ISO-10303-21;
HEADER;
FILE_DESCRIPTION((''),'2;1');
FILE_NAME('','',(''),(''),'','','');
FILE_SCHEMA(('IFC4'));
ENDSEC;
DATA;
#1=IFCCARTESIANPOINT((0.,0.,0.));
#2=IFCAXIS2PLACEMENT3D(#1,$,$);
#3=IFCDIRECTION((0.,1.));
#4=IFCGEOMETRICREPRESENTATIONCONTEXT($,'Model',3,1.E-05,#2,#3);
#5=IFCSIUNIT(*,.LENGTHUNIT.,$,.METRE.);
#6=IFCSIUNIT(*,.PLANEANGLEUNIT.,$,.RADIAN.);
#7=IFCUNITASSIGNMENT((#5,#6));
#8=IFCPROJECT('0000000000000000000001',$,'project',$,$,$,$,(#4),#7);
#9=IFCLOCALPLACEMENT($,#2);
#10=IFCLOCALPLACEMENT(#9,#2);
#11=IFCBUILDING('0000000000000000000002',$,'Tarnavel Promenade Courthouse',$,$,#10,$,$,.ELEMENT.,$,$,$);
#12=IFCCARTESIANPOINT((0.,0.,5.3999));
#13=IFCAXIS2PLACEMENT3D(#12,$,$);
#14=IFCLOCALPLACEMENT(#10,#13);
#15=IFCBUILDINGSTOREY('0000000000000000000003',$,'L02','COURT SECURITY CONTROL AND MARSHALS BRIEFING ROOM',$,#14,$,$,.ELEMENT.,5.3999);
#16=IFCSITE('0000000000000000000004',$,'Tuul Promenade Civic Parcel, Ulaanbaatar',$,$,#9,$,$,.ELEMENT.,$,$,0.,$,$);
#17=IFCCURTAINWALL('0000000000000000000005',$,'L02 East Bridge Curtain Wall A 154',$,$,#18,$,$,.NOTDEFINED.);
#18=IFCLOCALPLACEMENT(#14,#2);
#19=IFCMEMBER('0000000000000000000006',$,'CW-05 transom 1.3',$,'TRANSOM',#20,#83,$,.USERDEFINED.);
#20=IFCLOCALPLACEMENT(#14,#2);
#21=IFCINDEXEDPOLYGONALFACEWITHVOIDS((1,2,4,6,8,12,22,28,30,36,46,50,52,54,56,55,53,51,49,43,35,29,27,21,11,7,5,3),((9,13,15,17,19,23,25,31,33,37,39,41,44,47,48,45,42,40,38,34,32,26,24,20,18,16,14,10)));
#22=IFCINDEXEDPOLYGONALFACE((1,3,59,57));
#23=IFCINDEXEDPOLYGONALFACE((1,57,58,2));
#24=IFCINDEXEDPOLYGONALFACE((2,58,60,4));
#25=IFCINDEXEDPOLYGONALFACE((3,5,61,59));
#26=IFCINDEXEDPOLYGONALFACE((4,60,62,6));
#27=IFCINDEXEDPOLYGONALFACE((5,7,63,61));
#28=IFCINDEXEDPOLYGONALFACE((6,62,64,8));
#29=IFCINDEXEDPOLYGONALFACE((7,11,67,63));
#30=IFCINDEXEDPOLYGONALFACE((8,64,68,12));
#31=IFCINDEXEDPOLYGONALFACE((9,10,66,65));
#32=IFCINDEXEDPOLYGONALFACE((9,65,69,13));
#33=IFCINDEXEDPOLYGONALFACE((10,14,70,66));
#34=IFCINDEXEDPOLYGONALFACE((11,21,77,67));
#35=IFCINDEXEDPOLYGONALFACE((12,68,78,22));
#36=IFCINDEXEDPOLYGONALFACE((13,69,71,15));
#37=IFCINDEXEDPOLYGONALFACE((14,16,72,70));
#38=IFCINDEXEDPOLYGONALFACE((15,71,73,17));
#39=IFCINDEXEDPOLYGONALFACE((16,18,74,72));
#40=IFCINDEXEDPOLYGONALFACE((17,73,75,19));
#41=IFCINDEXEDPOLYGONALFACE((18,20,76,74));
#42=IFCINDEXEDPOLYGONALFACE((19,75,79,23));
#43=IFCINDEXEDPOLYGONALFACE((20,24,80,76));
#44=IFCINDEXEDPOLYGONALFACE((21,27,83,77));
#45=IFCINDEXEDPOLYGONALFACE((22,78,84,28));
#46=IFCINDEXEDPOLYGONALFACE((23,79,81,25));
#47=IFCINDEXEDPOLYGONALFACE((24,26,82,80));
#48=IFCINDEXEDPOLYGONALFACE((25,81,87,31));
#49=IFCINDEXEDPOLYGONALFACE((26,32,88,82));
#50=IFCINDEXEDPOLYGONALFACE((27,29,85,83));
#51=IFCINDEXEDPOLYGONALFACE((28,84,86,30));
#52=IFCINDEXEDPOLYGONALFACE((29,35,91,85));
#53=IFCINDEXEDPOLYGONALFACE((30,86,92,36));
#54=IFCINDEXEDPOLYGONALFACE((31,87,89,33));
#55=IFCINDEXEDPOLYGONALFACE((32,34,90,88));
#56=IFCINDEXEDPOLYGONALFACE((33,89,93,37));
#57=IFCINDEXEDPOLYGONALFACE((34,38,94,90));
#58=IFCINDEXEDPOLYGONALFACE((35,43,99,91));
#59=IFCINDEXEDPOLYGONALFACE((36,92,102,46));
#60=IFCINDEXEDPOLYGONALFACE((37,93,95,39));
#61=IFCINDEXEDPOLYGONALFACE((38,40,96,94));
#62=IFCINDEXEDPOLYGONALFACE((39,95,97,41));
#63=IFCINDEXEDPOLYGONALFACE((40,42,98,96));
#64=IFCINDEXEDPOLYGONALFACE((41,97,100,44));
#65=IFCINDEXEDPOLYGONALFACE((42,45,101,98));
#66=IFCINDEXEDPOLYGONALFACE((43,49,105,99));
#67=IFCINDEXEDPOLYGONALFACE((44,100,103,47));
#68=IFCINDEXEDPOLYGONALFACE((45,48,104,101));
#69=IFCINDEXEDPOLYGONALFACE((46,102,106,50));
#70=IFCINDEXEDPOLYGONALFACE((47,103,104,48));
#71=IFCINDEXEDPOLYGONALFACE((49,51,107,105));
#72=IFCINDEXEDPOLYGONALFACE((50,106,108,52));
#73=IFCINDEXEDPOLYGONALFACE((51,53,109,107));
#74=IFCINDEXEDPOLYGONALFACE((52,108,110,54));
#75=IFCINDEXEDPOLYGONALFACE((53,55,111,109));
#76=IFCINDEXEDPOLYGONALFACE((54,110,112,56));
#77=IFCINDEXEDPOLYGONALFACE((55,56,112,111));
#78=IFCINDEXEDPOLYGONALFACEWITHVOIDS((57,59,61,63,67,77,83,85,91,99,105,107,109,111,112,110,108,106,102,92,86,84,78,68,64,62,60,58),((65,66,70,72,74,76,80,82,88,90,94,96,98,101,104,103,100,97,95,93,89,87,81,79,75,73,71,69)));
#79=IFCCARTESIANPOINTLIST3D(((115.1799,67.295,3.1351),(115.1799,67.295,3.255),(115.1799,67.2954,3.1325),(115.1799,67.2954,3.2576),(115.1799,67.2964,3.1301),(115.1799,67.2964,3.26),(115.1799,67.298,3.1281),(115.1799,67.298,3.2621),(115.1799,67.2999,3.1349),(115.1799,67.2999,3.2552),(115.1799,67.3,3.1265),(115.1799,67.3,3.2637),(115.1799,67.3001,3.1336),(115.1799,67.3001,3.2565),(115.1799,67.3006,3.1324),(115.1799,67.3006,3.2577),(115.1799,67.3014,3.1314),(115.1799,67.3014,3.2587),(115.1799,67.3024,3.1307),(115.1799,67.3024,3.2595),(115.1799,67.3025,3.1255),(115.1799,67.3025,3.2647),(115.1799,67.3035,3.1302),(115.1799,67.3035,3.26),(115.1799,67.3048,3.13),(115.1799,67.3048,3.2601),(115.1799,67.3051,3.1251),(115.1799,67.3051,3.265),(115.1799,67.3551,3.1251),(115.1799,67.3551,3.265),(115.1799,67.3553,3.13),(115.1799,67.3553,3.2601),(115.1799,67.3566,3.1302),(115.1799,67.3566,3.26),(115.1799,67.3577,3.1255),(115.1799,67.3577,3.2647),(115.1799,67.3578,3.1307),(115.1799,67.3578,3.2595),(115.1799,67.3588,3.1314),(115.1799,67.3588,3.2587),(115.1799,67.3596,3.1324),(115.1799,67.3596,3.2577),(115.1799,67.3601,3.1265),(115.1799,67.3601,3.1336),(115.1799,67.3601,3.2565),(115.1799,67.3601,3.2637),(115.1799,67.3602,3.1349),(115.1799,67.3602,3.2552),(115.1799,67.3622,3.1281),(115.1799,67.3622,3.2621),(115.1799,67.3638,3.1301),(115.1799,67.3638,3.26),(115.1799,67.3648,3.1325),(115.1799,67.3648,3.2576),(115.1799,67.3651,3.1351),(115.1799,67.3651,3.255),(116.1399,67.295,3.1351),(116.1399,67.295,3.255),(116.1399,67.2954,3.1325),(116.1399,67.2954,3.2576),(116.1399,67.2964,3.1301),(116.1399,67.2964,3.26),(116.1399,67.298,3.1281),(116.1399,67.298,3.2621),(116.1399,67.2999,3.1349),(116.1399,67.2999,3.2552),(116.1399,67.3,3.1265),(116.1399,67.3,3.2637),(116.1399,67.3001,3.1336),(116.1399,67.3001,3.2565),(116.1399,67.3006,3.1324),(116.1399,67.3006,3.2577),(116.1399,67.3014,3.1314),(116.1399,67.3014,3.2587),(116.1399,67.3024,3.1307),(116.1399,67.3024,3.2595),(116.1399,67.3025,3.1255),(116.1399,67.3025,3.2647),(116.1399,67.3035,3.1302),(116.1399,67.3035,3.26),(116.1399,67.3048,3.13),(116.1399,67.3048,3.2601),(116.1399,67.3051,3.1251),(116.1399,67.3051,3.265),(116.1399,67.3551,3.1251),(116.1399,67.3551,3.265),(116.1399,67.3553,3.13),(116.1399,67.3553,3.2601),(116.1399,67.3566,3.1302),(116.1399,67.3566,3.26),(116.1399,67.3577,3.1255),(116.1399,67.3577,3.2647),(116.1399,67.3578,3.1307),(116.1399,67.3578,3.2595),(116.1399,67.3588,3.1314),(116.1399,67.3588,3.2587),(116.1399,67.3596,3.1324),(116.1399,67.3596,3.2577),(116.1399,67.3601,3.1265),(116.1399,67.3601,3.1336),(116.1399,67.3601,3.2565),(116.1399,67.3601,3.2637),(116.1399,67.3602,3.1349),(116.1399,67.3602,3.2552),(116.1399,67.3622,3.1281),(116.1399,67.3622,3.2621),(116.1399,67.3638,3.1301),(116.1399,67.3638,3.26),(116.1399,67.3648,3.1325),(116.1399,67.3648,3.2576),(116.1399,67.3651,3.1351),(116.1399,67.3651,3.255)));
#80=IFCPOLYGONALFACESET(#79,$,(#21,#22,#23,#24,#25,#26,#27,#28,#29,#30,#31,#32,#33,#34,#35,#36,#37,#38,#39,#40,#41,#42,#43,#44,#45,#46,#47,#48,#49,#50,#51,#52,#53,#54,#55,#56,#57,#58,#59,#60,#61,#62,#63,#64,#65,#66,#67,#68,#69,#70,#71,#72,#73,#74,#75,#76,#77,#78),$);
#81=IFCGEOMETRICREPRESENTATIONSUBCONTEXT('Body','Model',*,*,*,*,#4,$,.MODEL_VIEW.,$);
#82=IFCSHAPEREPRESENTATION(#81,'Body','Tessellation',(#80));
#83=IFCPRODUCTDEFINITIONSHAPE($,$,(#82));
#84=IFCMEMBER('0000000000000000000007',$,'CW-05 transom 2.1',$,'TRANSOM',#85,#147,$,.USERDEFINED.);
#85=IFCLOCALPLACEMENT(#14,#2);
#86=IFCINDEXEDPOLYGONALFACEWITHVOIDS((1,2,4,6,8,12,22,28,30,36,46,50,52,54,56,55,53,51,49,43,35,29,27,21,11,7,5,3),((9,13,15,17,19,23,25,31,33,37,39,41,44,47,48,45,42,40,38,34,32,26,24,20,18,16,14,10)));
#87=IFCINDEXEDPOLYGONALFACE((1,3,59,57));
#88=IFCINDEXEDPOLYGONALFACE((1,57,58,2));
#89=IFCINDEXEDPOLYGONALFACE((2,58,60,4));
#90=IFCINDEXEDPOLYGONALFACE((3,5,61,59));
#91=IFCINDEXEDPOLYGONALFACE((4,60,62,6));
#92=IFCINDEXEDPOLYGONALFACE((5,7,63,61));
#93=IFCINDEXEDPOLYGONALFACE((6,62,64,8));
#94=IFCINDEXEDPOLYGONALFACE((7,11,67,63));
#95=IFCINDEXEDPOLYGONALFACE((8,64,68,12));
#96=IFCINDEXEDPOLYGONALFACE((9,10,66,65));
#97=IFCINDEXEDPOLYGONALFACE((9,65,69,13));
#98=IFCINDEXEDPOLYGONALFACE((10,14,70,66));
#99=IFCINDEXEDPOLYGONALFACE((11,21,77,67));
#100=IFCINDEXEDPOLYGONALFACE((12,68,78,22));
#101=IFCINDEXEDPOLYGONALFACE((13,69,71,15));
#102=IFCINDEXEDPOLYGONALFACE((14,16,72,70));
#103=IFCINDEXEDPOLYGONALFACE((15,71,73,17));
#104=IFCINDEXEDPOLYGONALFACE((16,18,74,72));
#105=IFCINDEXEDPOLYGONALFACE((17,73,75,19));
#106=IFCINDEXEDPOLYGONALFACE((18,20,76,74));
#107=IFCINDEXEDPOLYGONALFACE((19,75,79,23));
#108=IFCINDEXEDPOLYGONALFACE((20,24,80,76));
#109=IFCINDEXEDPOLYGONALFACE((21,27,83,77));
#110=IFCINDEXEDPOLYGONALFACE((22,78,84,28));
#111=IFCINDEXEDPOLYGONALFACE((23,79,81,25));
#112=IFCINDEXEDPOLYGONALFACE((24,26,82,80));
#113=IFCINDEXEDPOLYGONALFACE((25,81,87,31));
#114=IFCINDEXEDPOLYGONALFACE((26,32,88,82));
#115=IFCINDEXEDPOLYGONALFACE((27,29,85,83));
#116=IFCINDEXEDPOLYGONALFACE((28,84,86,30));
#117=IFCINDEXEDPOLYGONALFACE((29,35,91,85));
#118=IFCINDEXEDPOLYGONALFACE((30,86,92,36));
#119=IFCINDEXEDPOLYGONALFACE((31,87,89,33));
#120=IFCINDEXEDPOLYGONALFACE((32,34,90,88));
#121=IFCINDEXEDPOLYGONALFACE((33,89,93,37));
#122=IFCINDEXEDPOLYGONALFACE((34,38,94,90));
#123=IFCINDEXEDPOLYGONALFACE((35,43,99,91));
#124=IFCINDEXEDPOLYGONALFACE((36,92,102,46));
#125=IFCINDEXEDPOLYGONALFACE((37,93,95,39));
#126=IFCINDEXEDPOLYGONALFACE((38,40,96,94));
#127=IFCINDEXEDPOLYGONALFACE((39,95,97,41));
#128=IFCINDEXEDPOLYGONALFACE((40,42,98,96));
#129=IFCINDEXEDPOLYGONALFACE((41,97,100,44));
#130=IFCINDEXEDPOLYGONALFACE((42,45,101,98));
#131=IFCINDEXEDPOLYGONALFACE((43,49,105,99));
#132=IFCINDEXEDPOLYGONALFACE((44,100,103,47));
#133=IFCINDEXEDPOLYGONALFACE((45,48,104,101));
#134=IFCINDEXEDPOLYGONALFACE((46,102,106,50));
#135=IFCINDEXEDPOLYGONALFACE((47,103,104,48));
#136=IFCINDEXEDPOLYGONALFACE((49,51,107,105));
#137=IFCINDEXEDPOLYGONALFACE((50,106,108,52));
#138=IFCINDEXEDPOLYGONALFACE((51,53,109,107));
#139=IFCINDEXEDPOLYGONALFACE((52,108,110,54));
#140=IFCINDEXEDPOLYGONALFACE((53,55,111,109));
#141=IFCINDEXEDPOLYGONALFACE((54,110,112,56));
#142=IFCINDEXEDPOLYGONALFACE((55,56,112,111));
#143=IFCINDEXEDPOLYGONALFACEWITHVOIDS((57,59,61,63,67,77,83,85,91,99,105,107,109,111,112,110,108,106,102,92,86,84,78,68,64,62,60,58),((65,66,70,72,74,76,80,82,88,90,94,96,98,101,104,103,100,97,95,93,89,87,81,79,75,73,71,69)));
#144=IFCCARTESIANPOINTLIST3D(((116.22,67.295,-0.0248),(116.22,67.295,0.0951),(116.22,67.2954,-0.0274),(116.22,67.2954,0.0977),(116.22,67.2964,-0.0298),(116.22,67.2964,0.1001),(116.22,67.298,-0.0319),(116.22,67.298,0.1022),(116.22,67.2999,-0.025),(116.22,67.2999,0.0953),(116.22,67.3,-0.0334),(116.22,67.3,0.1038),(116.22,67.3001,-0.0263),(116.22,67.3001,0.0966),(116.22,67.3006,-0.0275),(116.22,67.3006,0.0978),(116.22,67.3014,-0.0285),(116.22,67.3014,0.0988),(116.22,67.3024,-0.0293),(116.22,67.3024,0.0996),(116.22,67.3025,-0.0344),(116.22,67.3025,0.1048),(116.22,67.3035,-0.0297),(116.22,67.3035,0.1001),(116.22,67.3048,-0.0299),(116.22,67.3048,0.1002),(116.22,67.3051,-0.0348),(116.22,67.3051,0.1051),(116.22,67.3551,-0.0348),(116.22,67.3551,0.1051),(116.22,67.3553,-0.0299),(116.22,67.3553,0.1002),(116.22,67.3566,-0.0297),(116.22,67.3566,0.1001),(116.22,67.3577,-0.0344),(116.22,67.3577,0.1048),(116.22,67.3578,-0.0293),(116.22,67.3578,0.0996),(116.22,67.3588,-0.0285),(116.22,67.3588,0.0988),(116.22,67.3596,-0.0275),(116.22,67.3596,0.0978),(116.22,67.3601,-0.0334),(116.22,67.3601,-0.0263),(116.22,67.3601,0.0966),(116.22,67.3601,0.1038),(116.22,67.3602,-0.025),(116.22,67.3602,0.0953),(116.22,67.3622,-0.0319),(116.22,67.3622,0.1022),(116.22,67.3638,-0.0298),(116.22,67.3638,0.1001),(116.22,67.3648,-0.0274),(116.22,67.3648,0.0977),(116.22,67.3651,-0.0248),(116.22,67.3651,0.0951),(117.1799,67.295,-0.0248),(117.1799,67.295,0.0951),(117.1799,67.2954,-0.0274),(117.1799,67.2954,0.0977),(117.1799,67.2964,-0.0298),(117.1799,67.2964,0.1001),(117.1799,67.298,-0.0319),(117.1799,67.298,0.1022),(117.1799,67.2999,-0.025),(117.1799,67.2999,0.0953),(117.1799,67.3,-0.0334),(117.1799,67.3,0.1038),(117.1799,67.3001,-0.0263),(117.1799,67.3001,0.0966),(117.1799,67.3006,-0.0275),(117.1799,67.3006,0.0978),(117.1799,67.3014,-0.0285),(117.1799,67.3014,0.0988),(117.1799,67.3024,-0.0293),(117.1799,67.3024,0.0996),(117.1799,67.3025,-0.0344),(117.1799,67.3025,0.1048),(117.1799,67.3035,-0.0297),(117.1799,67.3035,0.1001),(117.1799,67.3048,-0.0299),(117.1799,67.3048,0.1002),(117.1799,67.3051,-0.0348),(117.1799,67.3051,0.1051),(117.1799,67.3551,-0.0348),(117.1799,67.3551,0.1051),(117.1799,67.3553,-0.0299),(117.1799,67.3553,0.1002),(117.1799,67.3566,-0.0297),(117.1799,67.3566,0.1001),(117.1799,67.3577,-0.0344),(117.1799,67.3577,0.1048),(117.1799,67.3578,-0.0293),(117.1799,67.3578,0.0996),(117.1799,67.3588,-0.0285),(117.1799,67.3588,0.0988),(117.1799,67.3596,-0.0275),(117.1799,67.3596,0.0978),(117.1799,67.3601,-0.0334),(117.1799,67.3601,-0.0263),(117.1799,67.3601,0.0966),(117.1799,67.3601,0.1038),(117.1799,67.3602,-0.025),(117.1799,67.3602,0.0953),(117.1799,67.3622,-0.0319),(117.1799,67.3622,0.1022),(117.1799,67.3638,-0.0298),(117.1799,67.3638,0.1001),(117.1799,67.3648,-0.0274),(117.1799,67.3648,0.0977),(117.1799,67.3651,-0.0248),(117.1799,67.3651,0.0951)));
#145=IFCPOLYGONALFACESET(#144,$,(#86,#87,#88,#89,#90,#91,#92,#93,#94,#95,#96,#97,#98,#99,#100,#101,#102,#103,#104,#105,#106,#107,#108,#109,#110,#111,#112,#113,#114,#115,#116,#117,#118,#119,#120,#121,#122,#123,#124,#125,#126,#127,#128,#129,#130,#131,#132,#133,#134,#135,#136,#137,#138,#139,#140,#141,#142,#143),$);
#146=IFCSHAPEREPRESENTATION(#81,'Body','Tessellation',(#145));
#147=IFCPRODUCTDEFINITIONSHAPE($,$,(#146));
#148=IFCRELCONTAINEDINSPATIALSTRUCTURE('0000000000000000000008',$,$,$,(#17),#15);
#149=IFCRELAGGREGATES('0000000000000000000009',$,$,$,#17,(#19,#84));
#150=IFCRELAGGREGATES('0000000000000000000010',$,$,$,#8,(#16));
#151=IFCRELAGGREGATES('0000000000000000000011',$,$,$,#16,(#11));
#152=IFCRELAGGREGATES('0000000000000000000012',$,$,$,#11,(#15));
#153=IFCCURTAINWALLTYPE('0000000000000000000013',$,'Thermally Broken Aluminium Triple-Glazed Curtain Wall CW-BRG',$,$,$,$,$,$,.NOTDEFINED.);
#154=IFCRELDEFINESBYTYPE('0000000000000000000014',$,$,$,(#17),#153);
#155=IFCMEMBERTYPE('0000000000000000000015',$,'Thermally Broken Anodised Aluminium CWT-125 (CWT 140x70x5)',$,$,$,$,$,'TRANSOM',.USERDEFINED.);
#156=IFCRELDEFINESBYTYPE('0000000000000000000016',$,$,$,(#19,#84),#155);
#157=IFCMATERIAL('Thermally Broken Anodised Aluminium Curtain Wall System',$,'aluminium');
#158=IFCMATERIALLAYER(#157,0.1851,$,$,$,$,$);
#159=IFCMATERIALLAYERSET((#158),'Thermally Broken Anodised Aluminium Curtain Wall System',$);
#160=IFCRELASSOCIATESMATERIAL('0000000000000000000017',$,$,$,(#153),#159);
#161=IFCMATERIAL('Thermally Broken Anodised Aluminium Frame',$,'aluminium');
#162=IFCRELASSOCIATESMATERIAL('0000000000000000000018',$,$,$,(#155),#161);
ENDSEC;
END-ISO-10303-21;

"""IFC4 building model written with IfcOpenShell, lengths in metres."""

from ifc_helpers import new_model, si_unit, direction, frame, origin, origin_2d, place, context, subcontext, project, spatial, hollow_rectangle, extrude, material, layer, layer_set, material_profile, profile_set, type_object, element, aggregate, save


model = new_model("IFC4")

# Units and contexts
model_context = context("Model", 3, precision=1e-05, world=origin(), true_north=direction((0.0, 1.0)))
body_context = subcontext(model_context, "Body", "Model", "MODEL_VIEW")
ifc_project = project(units=[si_unit("LENGTHUNIT", "METRE"), si_unit("PLANEANGLEUNIT", "RADIAN")], contexts=[model_context])

# Site, building, storey
site_placement = place(None, origin())
site = spatial("IfcSite", under=ifc_project, at=site_placement, Name="Tuul Promenade Civic Parcel, Ulaanbaatar", CompositionType="ELEMENT", RefElevation=0.0)
building_placement = place(site_placement, origin())
building = spatial("IfcBuilding", under=site, at=building_placement, Name="Tarnavel Promenade Courthouse", CompositionType="ELEMENT")
storey_placement = place(building_placement, frame((0.0, 0.0, 5.3999)))
storey = spatial("IfcBuildingStorey", under=building, at=storey_placement, Name="L02", Description="COURT SECURITY CONTROL AND MARSHALS BRIEFING ROOM", CompositionType="ELEMENT", Elevation=5.3999)

# Curtain wall
ifc_material_1 = material(Name="Thermally Broken Anodised Aluminium Curtain Wall System", Category="aluminium")
ifc_layer_1 = layer(ifc_material_1, 0.1851)
ifc_layer_set_1 = layer_set([ifc_layer_1], Name="Thermally Broken Anodised Aluminium Curtain Wall System")
curtain_wall_type = type_object("IfcCurtainWallType", Name="Thermally Broken Aluminium Triple-Glazed Curtain Wall CW-BRG", PredefinedType="NOTDEFINED", material=ifc_layer_set_1)
curtain_wall_1_placement = place(storey_placement, origin())
curtain_wall_1 = element("IfcCurtainWall", 1, at=curtain_wall_1_placement, inside=storey, type_object=curtain_wall_type, Name="L02 East Bridge Curtain Wall A 154", PredefinedType="NOTDEFINED")
ifc_material_2 = material(Name="Thermally Broken Anodised Aluminium Frame", Category="aluminium")

# Members
ifc_material_profile_1 = material_profile(ifc_material_2, hollow_rectangle(XDim=0.0701, YDim=0.1399, WallThickness=0.0049, InnerFilletRadius=0.0049, OuterFilletRadius=0.01, at=origin_2d()), Name="CWT 140x70x5")
ifc_profile_set_1 = profile_set([ifc_material_profile_1], Name="Thermally Broken Anodised Aluminium Frame")
member_type_1 = type_object("IfcMemberType", Name="Thermally Broken Anodised Aluminium CWT-125 (CWT 140x70x5)", ElementType="TRANSOM", PredefinedType="USERDEFINED", material=ifc_profile_set_1)
member_1_placement = place(storey_placement, frame((115.1799, 67.3301, 3.1951), z_axis=(1.0, 0.0, 0.0), x_axis=(0.0, 1.0, 0.0)))
member_1 = element("IfcMember", 2, at=member_1_placement, type_object=member_type_1, Name="CW-05 transom 1.3", ObjectType="TRANSOM", PredefinedType="USERDEFINED", context=body_context, shape_type="SweptSolid", body=[
    extrude(hollow_rectangle(XDim=0.0701, YDim=0.1399, WallThickness=0.0049, InnerFilletRadius=0.0049, OuterFilletRadius=0.01, at=origin_2d()), origin(), (0.0, 0.0, 1.0), 0.96),
])
member_2_placement = place(storey_placement, frame((116.22, 67.3301, 0.0352), z_axis=(1.0, 0.0, 0.0), x_axis=(0.0, 1.0, 0.0)))
member_2 = element("IfcMember", 3, at=member_2_placement, type_object=member_type_1, Name="CW-05 transom 2.1", ObjectType="TRANSOM", PredefinedType="USERDEFINED", context=body_context, shape_type="SweptSolid", body=[
    extrude(hollow_rectangle(XDim=0.0701, YDim=0.1399, WallThickness=0.0049, InnerFilletRadius=0.0049, OuterFilletRadius=0.01, at=origin_2d()), origin(), (0.0, 0.0, 1.0), 0.96),
])

aggregate(curtain_wall_1, [member_1, member_2])

save(model, "model.ifc")
